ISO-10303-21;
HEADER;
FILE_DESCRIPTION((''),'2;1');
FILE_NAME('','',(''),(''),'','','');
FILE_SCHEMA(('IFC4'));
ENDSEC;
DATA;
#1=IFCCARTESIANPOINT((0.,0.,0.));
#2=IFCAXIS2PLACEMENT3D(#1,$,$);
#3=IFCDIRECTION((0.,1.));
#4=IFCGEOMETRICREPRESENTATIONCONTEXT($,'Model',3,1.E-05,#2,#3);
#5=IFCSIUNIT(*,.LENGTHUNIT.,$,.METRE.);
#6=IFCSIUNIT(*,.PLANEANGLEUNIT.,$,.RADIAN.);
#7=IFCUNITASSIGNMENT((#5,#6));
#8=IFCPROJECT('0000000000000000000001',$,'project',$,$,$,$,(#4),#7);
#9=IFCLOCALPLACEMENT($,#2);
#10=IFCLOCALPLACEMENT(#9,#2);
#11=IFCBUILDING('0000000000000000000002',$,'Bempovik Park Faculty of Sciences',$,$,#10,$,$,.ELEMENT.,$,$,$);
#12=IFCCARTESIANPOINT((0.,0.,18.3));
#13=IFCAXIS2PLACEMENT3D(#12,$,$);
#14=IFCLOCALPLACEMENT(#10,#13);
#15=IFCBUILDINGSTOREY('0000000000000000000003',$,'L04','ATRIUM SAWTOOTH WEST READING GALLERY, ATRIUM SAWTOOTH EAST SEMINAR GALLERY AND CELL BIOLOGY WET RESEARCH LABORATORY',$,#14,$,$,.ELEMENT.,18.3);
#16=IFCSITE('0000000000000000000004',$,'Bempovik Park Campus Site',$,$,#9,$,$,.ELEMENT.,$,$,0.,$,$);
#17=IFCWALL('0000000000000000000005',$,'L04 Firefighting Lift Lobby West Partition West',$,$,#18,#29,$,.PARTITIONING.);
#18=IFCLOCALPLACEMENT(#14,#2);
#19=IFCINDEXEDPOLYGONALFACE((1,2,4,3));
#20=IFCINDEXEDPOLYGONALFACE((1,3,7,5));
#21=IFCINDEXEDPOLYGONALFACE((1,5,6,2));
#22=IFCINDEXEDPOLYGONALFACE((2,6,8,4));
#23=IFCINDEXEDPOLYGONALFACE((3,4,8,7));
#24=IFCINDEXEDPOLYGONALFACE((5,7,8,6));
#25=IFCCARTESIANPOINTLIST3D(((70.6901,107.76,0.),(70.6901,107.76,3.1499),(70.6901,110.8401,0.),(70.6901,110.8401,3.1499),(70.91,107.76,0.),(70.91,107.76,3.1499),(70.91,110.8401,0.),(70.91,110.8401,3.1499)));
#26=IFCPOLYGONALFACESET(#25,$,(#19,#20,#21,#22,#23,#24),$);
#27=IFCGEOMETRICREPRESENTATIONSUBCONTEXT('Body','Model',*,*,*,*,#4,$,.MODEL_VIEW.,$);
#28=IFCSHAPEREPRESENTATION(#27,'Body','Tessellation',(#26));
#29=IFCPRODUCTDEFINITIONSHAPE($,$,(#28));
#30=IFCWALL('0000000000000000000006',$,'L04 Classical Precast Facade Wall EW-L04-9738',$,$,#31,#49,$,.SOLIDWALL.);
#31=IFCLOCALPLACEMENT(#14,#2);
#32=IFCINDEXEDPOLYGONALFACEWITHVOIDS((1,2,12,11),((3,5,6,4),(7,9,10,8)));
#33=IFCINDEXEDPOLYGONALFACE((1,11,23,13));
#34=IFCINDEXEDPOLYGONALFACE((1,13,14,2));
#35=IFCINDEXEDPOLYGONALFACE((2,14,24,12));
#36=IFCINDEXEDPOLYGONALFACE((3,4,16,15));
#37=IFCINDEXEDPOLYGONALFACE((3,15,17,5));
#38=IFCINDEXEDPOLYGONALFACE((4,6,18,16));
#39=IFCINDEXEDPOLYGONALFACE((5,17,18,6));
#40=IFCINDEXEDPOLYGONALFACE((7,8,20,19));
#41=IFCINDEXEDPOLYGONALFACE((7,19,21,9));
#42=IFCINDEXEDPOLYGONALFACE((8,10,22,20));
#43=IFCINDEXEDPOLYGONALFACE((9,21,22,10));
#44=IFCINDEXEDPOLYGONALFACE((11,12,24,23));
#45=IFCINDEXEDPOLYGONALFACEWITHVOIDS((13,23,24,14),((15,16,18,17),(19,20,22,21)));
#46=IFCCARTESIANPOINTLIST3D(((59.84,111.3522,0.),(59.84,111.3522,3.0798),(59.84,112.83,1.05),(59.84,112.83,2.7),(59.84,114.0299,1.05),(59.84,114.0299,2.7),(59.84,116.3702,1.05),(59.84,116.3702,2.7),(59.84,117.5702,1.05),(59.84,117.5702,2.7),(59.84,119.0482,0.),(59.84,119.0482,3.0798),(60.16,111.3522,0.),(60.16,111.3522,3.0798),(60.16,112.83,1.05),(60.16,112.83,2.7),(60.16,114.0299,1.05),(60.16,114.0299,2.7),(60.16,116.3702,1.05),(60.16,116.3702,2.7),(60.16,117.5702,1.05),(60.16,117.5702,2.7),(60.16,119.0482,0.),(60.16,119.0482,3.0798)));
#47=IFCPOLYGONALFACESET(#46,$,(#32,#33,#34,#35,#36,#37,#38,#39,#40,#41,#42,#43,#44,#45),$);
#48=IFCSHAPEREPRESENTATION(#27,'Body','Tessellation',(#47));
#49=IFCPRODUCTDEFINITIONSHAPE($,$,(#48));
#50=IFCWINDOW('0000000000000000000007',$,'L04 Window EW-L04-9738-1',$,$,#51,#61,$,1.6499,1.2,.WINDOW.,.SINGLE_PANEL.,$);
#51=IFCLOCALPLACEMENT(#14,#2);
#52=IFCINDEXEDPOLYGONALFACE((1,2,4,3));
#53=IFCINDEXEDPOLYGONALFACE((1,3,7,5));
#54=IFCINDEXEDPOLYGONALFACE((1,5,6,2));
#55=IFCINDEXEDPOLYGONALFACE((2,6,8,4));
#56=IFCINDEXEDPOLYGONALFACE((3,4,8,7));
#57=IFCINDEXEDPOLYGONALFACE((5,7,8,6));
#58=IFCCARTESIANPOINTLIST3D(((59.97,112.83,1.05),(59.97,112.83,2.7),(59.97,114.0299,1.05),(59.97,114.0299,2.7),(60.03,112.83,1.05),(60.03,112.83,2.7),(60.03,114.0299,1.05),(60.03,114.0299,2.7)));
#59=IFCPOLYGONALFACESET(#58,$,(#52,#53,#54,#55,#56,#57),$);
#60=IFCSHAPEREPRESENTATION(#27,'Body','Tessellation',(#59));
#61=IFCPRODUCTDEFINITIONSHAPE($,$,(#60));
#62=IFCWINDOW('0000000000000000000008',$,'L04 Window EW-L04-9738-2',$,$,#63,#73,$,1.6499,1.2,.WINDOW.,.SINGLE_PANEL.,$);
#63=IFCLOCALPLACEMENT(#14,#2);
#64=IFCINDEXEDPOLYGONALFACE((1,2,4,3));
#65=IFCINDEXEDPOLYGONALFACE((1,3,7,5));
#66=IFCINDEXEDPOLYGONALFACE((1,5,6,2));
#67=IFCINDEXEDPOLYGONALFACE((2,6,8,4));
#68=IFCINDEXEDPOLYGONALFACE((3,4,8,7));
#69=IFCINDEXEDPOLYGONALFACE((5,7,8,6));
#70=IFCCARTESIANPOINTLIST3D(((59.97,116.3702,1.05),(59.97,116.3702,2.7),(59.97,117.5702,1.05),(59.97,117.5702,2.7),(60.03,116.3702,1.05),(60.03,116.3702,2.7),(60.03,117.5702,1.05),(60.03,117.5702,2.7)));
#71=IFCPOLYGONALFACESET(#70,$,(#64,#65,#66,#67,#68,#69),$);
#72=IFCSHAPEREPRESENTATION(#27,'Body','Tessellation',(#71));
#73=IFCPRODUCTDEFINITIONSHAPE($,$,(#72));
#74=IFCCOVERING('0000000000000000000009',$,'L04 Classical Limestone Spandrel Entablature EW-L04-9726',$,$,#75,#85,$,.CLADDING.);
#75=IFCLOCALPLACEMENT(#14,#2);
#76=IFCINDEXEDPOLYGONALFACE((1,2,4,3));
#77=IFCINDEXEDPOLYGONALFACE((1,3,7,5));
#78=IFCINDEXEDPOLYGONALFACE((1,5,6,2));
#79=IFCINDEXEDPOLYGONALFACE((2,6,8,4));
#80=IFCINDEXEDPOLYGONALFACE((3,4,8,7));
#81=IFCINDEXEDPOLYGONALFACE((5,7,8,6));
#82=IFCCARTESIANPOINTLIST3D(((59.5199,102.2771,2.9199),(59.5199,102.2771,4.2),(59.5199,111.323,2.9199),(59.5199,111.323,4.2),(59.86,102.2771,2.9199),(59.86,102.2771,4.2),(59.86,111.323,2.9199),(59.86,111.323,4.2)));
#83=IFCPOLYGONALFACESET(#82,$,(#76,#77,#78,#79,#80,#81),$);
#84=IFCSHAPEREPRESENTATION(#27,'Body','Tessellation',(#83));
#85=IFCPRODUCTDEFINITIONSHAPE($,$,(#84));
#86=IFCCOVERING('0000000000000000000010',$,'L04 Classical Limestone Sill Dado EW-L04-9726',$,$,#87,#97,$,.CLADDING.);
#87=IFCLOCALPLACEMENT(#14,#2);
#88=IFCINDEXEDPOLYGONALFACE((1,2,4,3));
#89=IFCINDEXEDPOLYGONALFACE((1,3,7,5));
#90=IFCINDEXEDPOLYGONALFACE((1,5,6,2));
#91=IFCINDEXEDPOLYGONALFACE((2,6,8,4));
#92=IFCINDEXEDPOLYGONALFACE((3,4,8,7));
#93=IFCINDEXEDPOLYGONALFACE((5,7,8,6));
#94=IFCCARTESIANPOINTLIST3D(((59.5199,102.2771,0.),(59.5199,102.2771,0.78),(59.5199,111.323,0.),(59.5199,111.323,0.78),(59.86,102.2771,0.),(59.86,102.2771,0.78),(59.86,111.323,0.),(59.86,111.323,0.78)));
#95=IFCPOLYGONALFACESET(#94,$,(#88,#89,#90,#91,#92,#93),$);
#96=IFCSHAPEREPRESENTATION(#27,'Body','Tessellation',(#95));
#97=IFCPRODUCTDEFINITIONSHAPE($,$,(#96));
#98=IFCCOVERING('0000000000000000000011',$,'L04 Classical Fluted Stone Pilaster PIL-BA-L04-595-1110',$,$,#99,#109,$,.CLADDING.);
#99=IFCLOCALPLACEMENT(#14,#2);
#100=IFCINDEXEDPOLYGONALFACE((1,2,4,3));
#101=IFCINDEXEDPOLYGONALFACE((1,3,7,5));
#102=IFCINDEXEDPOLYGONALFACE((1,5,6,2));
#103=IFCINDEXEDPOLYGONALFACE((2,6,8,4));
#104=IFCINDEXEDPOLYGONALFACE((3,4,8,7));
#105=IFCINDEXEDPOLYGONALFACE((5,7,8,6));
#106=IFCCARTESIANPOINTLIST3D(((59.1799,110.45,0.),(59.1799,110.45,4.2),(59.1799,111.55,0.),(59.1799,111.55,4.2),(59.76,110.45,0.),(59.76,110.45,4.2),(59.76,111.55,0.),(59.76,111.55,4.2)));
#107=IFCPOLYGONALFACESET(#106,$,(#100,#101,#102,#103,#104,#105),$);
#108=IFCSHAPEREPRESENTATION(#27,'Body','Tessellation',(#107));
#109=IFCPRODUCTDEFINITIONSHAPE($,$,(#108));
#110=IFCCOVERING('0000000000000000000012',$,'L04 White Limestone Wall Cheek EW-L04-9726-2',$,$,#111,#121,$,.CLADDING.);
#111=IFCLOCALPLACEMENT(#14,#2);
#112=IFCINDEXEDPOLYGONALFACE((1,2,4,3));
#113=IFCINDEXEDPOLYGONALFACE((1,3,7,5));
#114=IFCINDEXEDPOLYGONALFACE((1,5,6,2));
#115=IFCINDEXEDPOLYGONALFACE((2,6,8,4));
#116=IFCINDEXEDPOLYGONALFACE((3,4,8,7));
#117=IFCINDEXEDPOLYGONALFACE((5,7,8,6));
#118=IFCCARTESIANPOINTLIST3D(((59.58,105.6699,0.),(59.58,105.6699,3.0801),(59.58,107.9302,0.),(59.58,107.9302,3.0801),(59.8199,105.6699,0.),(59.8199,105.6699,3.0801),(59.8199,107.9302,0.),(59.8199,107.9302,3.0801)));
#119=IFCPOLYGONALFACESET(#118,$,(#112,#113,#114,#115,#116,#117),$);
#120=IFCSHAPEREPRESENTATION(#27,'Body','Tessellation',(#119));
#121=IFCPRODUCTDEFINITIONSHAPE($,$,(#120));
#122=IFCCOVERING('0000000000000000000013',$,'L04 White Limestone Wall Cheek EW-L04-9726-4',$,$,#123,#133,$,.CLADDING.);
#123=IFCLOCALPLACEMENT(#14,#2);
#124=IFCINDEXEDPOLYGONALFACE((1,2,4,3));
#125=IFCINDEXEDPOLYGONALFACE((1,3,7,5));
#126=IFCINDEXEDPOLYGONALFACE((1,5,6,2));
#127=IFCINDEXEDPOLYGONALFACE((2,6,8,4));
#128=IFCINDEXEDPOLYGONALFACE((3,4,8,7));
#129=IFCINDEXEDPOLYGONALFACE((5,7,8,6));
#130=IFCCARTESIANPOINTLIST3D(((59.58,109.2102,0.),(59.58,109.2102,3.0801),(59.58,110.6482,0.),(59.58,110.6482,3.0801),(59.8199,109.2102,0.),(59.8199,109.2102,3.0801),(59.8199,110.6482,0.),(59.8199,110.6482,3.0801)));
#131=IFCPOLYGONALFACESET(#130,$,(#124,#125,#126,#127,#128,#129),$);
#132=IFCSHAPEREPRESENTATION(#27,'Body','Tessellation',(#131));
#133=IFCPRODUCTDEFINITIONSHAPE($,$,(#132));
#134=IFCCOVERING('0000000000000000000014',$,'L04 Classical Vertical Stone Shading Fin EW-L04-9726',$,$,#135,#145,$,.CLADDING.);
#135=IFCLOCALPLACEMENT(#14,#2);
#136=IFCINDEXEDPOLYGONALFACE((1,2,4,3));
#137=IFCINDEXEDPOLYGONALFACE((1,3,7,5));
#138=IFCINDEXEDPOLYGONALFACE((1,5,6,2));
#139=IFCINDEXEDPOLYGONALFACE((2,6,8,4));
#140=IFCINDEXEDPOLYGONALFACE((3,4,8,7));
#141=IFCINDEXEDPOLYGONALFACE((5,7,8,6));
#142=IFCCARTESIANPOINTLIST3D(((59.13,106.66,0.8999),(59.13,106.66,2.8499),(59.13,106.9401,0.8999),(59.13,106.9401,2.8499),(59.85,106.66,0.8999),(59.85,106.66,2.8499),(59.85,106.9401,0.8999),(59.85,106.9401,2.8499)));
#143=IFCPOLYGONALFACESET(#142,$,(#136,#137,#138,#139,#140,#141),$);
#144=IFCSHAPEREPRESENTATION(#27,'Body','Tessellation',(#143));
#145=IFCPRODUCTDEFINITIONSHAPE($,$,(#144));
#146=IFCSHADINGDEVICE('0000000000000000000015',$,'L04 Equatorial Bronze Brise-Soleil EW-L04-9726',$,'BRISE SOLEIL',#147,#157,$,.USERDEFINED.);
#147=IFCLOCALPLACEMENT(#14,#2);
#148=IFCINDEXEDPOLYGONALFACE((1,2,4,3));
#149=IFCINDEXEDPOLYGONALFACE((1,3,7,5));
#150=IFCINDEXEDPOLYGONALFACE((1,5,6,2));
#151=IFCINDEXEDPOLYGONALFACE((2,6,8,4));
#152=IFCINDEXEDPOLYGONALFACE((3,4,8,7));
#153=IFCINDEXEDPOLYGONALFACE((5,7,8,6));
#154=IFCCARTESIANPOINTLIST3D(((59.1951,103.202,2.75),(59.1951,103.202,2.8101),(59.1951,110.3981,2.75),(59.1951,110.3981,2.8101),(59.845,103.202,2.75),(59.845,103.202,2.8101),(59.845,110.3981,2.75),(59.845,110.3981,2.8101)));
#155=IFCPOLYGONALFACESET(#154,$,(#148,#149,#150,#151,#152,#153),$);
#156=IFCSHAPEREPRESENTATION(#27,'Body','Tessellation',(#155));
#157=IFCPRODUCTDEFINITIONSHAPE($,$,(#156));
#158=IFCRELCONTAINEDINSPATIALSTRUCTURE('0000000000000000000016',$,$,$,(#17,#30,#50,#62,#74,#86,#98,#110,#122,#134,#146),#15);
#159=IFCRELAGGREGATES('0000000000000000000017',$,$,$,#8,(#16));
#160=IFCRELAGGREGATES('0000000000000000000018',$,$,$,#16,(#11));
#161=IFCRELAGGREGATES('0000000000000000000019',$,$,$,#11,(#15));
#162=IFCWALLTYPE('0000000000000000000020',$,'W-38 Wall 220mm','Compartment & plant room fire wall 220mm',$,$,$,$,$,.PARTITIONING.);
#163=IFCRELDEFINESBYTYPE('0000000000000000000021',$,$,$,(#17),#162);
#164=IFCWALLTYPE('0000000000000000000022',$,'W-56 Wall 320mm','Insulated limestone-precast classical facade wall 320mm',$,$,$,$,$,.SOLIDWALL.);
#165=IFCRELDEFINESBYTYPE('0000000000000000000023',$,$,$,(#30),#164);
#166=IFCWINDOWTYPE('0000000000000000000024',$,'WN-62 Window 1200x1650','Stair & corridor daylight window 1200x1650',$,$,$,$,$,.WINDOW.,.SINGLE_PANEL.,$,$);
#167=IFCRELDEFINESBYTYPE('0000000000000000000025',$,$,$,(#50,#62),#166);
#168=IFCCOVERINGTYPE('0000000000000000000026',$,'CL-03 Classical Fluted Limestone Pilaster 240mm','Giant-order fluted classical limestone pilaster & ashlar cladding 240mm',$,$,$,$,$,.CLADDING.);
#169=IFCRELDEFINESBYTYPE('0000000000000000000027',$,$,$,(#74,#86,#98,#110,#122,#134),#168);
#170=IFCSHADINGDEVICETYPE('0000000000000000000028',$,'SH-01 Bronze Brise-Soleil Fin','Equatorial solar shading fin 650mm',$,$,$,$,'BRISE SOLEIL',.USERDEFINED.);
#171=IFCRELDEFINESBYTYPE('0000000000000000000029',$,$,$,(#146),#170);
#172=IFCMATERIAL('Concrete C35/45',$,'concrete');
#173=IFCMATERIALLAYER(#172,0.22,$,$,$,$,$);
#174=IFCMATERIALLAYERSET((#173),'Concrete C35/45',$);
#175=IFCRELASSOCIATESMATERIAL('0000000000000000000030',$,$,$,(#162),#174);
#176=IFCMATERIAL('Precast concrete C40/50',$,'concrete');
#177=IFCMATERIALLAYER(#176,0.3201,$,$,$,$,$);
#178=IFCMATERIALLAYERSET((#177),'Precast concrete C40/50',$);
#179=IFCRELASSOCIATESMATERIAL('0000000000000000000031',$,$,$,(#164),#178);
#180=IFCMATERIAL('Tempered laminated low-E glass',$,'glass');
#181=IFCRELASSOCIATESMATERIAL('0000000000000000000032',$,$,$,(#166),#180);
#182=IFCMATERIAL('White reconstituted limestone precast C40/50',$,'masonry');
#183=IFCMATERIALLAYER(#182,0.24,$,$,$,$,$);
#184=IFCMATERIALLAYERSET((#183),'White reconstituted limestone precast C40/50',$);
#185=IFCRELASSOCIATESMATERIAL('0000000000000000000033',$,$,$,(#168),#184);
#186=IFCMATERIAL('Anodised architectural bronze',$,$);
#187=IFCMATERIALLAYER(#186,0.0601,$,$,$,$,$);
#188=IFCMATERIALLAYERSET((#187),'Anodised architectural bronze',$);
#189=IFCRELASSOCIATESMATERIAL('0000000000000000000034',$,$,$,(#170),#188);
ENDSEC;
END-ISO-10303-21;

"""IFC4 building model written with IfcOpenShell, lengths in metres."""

from ifc_helpers import new_model, si_unit, direction, frame, frame_2d, origin, origin_2d, place, context, subcontext, project, spatial, rectangle, extrude, material, layer, layer_set, type_object, element, fill, save


model = new_model("IFC4")

# Units and contexts
model_context = context("Model", 3, precision=1e-05, world=origin(), true_north=direction((0.0, 1.0)))
body_context = subcontext(model_context, "Body", "Model", "MODEL_VIEW")
ifc_project = project(units=[si_unit("LENGTHUNIT", "METRE"), si_unit("PLANEANGLEUNIT", "RADIAN")], contexts=[model_context])

# Site, building, storey
site_placement = place(None, origin())
site = spatial("IfcSite", under=ifc_project, at=site_placement, Name="Bempovik Park Campus Site", CompositionType="ELEMENT", RefElevation=0.0)
building_placement = place(site_placement, origin())
building = spatial("IfcBuilding", under=site, at=building_placement, Name="Bempovik Park Faculty of Sciences", CompositionType="ELEMENT")
storey_placement = place(building_placement, frame((0.0, 0.0, 18.3)))
storey = spatial("IfcBuildingStorey", under=building, at=storey_placement, Name="L04", Description="ATRIUM SAWTOOTH WEST READING GALLERY, ATRIUM SAWTOOTH EAST SEMINAR GALLERY AND CELL BIOLOGY WET RESEARCH LABORATORY", CompositionType="ELEMENT", Elevation=18.3)

# Shared definitions
ifc_material_1 = material(Name="Concrete C35/45", Category="concrete")

# Shared definitions
ifc_layer_1 = layer(ifc_material_1, 0.22)
ifc_layer_set_1 = layer_set([ifc_layer_1], Name="Concrete C35/45")
wall_type_1 = type_object("IfcWallType", Name="W-38 Wall 220mm", Description="Compartment & plant room fire wall 220mm", PredefinedType="PARTITIONING", material=ifc_layer_set_1)

# Wall
wall_1_placement = place(storey_placement, frame((70.8, 107.76, 0.0), z_axis=(0.0, 0.0, 1.0), x_axis=(0.0, 1.0, 0.0)))
element("IfcWall", 1, at=wall_1_placement, inside=storey, type_object=wall_type_1, Name="L04 Firefighting Lift Lobby West Partition West", PredefinedType="PARTITIONING", context=body_context, shape_type="SweptSolid", body=[
    extrude(rectangle(XDim=3.0801, YDim=0.22, at=frame_2d((1.54, 0.0))), origin(), (0.0, 0.0, 1.0), 3.1499),
])

# Wall, openings, windows
ifc_material_2 = material(Name="Precast concrete C40/50", Category="concrete")
ifc_layer_2 = layer(ifc_material_2, 0.3201)
ifc_layer_set_2 = layer_set([ifc_layer_2], Name="Precast concrete C40/50")
wall_type_2 = type_object("IfcWallType", Name="W-56 Wall 320mm", Description="Insulated limestone-precast classical facade wall 320mm", PredefinedType="SOLIDWALL", material=ifc_layer_set_2)
wall_2_placement = place(storey_placement, frame((60.0, 111.3521, 0.0), z_axis=(0.0, 0.0, 1.0), x_axis=(0.0, 1.0, 0.0)))
wall_2 = element("IfcWall", 2, at=wall_2_placement, inside=storey, type_object=wall_type_2, Name="L04 Classical Precast Facade Wall EW-L04-9738", PredefinedType="SOLIDWALL", context=body_context, shape_type="SweptSolid", body=[
    extrude(rectangle(XDim=7.696, YDim=0.3201, at=frame_2d((3.8481, 0.0))), origin(), (0.0, 0.0, 1.0), 3.0798),
])
opening_1_placement = place(wall_2_placement, frame((1.4778, 0.0, 1.05)))
opening_1 = element("IfcOpeningElement", 3, at=opening_1_placement, cuts=wall_2, PredefinedType="OPENING", context=body_context, shape_type="SweptSolid", body=[
    extrude(rectangle(XDim=1.2, YDim=1.6499, at=frame_2d((0.6001, 0.825))), frame((0.0, 0.1699, 0.0), z_axis=(0.0, -1.0, 0.0), x_axis=(1.0, 0.0, 0.0)), (0.0, 0.0, 1.0), 0.3401),
])
opening_2_placement = place(wall_2_placement, frame((5.0181, 0.0, 1.05)))
opening_2 = element("IfcOpeningElement", 4, at=opening_2_placement, cuts=wall_2, PredefinedType="OPENING", context=body_context, shape_type="SweptSolid", body=[
    extrude(rectangle(XDim=1.2, YDim=1.6499, at=frame_2d((0.6001, 0.825))), frame((0.0, 0.1699, 0.0), z_axis=(0.0, -1.0, 0.0), x_axis=(1.0, 0.0, 0.0)), (0.0, 0.0, 1.0), 0.3401),
])
ifc_material_3 = material(Name="Tempered laminated low-E glass", Category="glass")
window_type = type_object("IfcWindowType", Name="WN-62 Window 1200x1650", Description="Stair & corridor daylight window 1200x1650", PartitioningType="SINGLE_PANEL", PredefinedType="WINDOW", material=ifc_material_3)
window_1_placement = place(opening_1_placement, origin())
window_1 = element("IfcWindow", 5, at=window_1_placement, inside=storey, type_object=window_type, Name="L04 Window EW-L04-9738-1", OverallHeight=1.6499, OverallWidth=1.2, PartitioningType="SINGLE_PANEL", PredefinedType="WINDOW", context=body_context, shape_type="SweptSolid", body=[
    extrude(rectangle(XDim=1.2, YDim=1.6499, at=frame_2d((0.6001, 0.825))), frame((0.0, 0.03, 0.0), z_axis=(0.0, -1.0, 0.0), x_axis=(1.0, 0.0, 0.0)), (0.0, 0.0, 1.0), 0.0601),
])
fill(opening_1, window_1)
window_2_placement = place(opening_2_placement, origin())
window_2 = element("IfcWindow", 6, at=window_2_placement, inside=storey, type_object=window_type, Name="L04 Window EW-L04-9738-2", OverallHeight=1.6499, OverallWidth=1.2, PartitioningType="SINGLE_PANEL", PredefinedType="WINDOW", context=body_context, shape_type="SweptSolid", body=[
    extrude(rectangle(XDim=1.2, YDim=1.6499, at=frame_2d((0.6001, 0.825))), frame((0.0, 0.03, 0.0), z_axis=(0.0, -1.0, 0.0), x_axis=(1.0, 0.0, 0.0)), (0.0, 0.0, 1.0), 0.0601),
])
fill(opening_2, window_2)

# Coverings
ifc_material_4 = material(Name="White reconstituted limestone precast C40/50", Category="masonry")
ifc_layer_3 = layer(ifc_material_4, 0.24)
ifc_layer_set_3 = layer_set([ifc_layer_3], Name="White reconstituted limestone precast C40/50")
covering_type = type_object("IfcCoveringType", Name="CL-03 Classical Fluted Limestone Pilaster 240mm", Description="Giant-order fluted classical limestone pilaster & ashlar cladding 240mm", PredefinedType="CLADDING", material=ifc_layer_set_3)
covering_1_placement = place(storey_placement, frame((59.6899, 106.8, 2.9199), z_axis=(0.0, 0.0, 1.0), x_axis=(1.0, 0.0, 0.0)))
element("IfcCovering", 7, at=covering_1_placement, inside=storey, type_object=covering_type, Name="L04 Classical Limestone Spandrel Entablature EW-L04-9726", PredefinedType="CLADDING", context=body_context, shape_type="SweptSolid", body=[
    extrude(rectangle(XDim=0.3401, YDim=9.0459, at=origin_2d()), origin(), (0.0, 0.0, 1.0), 1.28),
])
covering_2_placement = place(storey_placement, frame((59.6899, 106.8, 0.0), z_axis=(0.0, 0.0, 1.0), x_axis=(1.0, 0.0, 0.0)))
element("IfcCovering", 8, at=covering_2_placement, inside=storey, type_object=covering_type, Name="L04 Classical Limestone Sill Dado EW-L04-9726", PredefinedType="CLADDING", context=body_context, shape_type="SweptSolid", body=[
    extrude(rectangle(XDim=0.3401, YDim=9.0459, at=origin_2d()), origin(), (0.0, 0.0, 1.0), 0.78),
])
covering_3_placement = place(storey_placement, frame((59.47, 111.0, 0.0), z_axis=(0.0, 0.0, 1.0), x_axis=(1.0, 0.0, 0.0)))
element("IfcCovering", 9, at=covering_3_placement, inside=storey, type_object=covering_type, Name="L04 Classical Fluted Stone Pilaster PIL-BA-L04-595-1110", PredefinedType="CLADDING", context=body_context, shape_type="SweptSolid", body=[
    extrude(rectangle(XDim=0.5801, YDim=1.1001, at=origin_2d()), origin(), (0.0, 0.0, 1.0), 4.2),
])
covering_4_placement = place(storey_placement, frame((59.7, 106.8, 0.0), z_axis=(0.0, 0.0, 1.0), x_axis=(1.0, 0.0, 0.0)))
element("IfcCovering", 10, at=covering_4_placement, inside=storey, type_object=covering_type, Name="L04 White Limestone Wall Cheek EW-L04-9726-2", PredefinedType="CLADDING", context=body_context, shape_type="SweptSolid", body=[
    extrude(rectangle(XDim=0.24, YDim=2.2603, at=origin_2d()), origin(), (0.0, 0.0, 1.0), 3.0801),
])
covering_5_placement = place(storey_placement, frame((59.7, 109.9292, 0.0), z_axis=(0.0, 0.0, 1.0), x_axis=(1.0, 0.0, 0.0)))
element("IfcCovering", 11, at=covering_5_placement, inside=storey, type_object=covering_type, Name="L04 White Limestone Wall Cheek EW-L04-9726-4", PredefinedType="CLADDING", context=body_context, shape_type="SweptSolid", body=[
    extrude(rectangle(XDim=0.24, YDim=1.438, at=origin_2d()), origin(), (0.0, 0.0, 1.0), 3.0801),
])
covering_6_placement = place(storey_placement, frame((59.49, 106.8, 0.8999), z_axis=(0.0, 0.0, 1.0), x_axis=(1.0, 0.0, 0.0)))
element("IfcCovering", 12, at=covering_6_placement, inside=storey, type_object=covering_type, Name="L04 Classical Vertical Stone Shading Fin EW-L04-9726", PredefinedType="CLADDING", context=body_context, shape_type="SweptSolid", body=[
    extrude(rectangle(XDim=0.72, YDim=0.28, at=origin_2d()), origin(), (0.0, 0.0, 1.0), 1.95),
])

# Shading device
ifc_material_5 = material(Name="Anodised architectural bronze")
ifc_layer_4 = layer(ifc_material_5, 0.0601)
ifc_layer_set_4 = layer_set([ifc_layer_4], Name="Anodised architectural bronze")
shading_device_type = type_object("IfcShadingDeviceType", Name="SH-01 Bronze Brise-Soleil Fin", Description="Equatorial solar shading fin 650mm", ElementType="BRISE SOLEIL", PredefinedType="USERDEFINED", material=ifc_layer_set_4)
shading_device_placement = place(storey_placement, frame((59.52, 106.8, 2.75), z_axis=(0.0, 0.0, 1.0), x_axis=(1.0, 0.0, 0.0)))
element("IfcShadingDevice", 13, at=shading_device_placement, inside=storey, type_object=shading_device_type, Name="L04 Equatorial Bronze Brise-Soleil EW-L04-9726", ObjectType="BRISE SOLEIL", PredefinedType="USERDEFINED", context=body_context, shape_type="SweptSolid", body=[
    extrude(rectangle(XDim=0.6499, YDim=7.196, at=origin_2d()), origin(), (0.0, 0.0, 1.0), 0.0601),
])

save(model, "model.ifc")
